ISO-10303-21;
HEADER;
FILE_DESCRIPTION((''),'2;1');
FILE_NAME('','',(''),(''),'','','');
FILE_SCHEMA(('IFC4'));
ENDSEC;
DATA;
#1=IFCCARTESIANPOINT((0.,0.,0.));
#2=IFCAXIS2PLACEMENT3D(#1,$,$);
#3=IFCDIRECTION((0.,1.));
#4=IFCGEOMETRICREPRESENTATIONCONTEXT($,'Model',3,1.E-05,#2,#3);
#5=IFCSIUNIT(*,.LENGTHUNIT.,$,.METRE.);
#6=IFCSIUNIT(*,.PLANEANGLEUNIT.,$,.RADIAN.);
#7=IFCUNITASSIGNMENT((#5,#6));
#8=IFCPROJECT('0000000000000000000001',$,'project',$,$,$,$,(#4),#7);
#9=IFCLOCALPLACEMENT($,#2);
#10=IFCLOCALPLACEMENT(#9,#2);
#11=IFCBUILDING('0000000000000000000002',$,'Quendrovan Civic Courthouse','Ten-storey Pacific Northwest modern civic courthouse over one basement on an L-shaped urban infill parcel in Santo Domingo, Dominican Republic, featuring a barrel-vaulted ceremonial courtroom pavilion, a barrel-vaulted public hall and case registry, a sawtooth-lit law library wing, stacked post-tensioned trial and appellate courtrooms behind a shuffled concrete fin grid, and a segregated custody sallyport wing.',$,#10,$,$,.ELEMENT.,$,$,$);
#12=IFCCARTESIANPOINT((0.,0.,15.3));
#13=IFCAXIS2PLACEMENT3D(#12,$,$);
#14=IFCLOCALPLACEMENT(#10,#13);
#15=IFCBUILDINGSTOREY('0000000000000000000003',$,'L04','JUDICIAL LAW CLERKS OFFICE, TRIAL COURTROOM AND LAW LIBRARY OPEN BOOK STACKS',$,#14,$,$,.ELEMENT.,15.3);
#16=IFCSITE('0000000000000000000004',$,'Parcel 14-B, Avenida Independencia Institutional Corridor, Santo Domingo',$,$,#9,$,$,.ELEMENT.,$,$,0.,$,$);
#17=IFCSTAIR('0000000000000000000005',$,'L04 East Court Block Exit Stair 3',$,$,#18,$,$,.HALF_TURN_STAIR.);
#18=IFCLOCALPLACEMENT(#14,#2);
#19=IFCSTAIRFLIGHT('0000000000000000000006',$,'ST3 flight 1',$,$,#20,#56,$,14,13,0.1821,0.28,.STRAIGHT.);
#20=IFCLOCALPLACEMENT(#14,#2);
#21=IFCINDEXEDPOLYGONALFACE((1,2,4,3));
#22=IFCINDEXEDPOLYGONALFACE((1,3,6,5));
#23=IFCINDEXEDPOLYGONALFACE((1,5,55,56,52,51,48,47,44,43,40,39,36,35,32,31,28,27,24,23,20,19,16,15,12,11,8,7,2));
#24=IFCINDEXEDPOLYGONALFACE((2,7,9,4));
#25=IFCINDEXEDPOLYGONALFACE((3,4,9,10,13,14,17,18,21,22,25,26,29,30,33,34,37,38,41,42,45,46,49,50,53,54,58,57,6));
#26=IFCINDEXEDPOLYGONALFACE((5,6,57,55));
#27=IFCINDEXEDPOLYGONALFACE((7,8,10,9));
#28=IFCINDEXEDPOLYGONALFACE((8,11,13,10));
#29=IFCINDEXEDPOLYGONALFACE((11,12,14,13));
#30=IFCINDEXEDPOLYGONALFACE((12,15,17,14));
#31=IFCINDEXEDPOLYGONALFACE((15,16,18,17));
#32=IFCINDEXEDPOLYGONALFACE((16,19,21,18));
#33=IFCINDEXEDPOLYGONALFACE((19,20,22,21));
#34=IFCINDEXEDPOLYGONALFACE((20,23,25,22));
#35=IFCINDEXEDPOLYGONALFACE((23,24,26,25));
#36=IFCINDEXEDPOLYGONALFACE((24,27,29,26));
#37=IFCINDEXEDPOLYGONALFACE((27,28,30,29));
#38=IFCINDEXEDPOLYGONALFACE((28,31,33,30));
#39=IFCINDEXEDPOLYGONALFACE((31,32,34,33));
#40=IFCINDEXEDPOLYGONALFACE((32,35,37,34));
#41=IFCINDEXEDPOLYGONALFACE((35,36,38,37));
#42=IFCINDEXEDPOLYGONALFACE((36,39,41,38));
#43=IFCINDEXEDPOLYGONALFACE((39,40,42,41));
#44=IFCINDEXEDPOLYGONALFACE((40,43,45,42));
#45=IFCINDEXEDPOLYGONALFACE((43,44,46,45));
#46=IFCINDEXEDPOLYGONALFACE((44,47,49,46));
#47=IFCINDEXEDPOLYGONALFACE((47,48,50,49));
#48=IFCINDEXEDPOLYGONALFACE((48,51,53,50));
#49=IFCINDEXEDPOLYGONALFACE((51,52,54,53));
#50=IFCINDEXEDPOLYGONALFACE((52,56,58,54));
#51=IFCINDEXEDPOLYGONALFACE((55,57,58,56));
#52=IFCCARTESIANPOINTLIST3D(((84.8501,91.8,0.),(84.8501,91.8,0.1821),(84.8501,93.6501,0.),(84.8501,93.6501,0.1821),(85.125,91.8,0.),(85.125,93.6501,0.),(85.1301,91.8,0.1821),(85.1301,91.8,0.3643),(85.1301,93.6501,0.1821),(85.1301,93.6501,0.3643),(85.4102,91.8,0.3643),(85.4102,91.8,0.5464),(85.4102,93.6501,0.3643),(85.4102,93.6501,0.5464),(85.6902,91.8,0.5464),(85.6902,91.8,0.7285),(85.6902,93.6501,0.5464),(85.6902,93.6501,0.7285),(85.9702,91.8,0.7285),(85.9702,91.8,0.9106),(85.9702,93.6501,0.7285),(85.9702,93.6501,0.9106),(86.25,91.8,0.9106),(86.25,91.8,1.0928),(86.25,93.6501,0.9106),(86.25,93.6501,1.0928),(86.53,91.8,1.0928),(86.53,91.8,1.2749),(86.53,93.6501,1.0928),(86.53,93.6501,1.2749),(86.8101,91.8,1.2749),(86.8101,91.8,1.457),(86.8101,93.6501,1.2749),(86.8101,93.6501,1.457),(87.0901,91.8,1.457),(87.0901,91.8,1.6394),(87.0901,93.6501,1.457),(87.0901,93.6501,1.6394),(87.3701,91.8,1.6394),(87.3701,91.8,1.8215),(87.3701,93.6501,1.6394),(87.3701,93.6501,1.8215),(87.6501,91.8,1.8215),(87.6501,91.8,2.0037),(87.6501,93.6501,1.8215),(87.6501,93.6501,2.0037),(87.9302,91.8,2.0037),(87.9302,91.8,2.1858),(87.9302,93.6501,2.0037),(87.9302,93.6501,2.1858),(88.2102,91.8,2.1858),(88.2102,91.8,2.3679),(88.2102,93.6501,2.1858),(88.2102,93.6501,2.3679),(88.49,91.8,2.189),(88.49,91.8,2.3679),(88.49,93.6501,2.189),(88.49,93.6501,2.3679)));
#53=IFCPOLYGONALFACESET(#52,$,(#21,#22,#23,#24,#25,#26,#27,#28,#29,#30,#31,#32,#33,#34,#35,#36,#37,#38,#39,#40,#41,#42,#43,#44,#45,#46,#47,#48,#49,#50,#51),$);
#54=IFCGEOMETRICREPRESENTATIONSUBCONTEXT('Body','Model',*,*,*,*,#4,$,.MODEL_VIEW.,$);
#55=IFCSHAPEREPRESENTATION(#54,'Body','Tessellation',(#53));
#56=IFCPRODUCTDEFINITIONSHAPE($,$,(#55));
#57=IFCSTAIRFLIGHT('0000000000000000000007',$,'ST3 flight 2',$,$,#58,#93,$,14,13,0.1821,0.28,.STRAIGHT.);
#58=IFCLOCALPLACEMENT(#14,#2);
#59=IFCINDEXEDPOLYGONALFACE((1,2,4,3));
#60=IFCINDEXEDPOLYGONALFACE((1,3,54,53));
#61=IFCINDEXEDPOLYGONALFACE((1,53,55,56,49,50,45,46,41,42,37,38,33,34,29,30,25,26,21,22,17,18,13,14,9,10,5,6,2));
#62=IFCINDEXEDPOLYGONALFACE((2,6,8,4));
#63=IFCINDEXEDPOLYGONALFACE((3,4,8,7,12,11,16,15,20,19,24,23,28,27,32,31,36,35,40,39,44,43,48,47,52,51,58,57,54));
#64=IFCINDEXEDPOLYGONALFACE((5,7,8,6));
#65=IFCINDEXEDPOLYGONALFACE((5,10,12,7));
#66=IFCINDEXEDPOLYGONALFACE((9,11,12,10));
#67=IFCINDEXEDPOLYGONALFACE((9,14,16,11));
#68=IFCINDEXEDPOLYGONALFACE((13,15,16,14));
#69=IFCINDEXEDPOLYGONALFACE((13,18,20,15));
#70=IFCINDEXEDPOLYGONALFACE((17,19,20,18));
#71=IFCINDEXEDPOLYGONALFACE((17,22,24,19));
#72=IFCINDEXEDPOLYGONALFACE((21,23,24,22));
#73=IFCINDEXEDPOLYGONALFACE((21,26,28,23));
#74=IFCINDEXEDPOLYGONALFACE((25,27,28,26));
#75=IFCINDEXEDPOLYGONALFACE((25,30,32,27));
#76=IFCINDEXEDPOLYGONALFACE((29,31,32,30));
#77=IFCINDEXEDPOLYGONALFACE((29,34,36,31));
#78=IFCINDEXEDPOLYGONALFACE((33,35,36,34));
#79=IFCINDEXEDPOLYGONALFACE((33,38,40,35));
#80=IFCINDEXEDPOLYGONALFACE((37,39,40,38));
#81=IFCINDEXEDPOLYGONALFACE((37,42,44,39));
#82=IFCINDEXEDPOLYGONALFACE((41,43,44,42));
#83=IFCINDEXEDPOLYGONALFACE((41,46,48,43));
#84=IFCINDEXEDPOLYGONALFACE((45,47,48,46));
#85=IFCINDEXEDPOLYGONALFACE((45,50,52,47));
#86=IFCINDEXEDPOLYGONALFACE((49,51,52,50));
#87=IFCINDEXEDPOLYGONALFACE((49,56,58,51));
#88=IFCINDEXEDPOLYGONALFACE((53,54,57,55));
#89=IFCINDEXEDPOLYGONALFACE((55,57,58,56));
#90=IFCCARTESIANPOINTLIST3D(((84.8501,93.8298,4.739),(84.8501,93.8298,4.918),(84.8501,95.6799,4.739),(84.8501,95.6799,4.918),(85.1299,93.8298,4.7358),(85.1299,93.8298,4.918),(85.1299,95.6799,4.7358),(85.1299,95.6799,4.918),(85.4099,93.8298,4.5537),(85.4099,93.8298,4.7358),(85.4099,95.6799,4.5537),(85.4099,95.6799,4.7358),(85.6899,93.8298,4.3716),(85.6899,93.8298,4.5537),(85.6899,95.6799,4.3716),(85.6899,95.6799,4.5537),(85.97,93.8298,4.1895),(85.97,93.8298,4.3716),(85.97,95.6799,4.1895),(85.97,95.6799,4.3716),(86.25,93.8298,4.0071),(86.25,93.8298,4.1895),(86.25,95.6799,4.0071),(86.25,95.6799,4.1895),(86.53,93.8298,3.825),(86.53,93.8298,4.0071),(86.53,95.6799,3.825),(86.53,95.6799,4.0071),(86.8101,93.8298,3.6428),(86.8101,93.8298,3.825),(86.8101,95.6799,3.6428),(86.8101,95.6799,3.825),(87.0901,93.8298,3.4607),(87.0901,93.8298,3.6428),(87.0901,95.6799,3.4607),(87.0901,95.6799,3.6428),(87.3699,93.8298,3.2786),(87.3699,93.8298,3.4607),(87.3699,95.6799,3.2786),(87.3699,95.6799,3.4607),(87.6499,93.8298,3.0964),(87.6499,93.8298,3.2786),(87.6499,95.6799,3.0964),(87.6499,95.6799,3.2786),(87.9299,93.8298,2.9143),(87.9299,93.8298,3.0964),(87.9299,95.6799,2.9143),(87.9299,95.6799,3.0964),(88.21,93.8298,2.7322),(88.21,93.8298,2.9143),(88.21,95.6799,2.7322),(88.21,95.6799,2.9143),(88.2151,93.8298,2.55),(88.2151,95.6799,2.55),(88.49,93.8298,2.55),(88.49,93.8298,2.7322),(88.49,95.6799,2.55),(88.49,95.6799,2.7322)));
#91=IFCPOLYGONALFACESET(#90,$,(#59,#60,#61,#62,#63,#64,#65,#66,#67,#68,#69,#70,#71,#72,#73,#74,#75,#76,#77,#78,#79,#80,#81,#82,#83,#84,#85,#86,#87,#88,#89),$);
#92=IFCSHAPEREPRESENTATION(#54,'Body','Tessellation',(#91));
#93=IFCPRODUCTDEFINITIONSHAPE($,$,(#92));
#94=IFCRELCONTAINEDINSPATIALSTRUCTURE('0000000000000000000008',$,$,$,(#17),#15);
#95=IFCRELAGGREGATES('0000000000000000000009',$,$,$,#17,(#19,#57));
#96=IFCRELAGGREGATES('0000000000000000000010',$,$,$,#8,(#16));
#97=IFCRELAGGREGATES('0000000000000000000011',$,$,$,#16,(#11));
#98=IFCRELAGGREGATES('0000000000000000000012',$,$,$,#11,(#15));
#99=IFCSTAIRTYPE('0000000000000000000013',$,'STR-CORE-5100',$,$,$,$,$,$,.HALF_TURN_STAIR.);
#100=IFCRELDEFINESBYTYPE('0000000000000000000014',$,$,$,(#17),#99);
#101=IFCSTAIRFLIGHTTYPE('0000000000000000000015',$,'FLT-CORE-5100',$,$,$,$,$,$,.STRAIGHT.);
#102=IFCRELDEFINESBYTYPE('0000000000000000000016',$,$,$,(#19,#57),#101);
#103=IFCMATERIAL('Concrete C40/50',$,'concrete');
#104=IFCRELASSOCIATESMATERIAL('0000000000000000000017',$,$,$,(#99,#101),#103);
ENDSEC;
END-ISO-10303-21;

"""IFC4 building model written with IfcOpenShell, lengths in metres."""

from ifc_helpers import new_model, si_unit, direction, frame, origin, place, context, subcontext, project, spatial, polyline, outline, extrude, material, type_object, element, aggregate, save


model = new_model("IFC4")

# Units and contexts
model_context = context("Model", 3, precision=1e-05, world=origin(), true_north=direction((0.0, 1.0)))
body_context = subcontext(model_context, "Body", "Model", "MODEL_VIEW")
ifc_project = project(units=[si_unit("LENGTHUNIT", "METRE"), si_unit("PLANEANGLEUNIT", "RADIAN")], contexts=[model_context])

# Site, building, storey
site_placement = place(None, origin())
site = spatial("IfcSite", under=ifc_project, at=site_placement, Name="Parcel 14-B, Avenida Independencia Institutional Corridor, Santo Domingo", CompositionType="ELEMENT", RefElevation=0.0)
building_placement = place(site_placement, origin())
building = spatial("IfcBuilding", under=site, at=building_placement, Name="Quendrovan Civic Courthouse", Description="Ten-storey Pacific Northwest modern civic courthouse over one basement on an L-shaped urban infill parcel in Santo Domingo, Dominican Republic, featuring a barrel-vaulted ceremonial courtroom pavilion, a barrel-vaulted public hall and case registry, a sawtooth-lit law library wing, stacked post-tensioned trial and appellate courtrooms behind a shuffled concrete fin grid, and a segregated custody sallyport wing.", CompositionType="ELEMENT")
storey_placement = place(building_placement, frame((0.0, 0.0, 15.3)))
storey = spatial("IfcBuildingStorey", under=building, at=storey_placement, Name="L04", Description="JUDICIAL LAW CLERKS OFFICE, TRIAL COURTROOM AND LAW LIBRARY OPEN BOOK STACKS", CompositionType="ELEMENT", Elevation=15.3)

# Shared definitions
ifc_material_1 = material(Name="Concrete C40/50", Category="concrete")

# Stair, stair flights
stair_type = type_object("IfcStairType", Name="STR-CORE-5100", PredefinedType="HALF_TURN_STAIR", material=ifc_material_1)
stair_placement = place(storey_placement, origin())
stair = element("IfcStair", 1, at=stair_placement, inside=storey, type_object=stair_type, Name="L04 East Court Block Exit Stair 3", PredefinedType="HALF_TURN_STAIR")
stair_flight_type = type_object("IfcStairFlightType", Name="FLT-CORE-5100", PredefinedType="STRAIGHT", material=ifc_material_1)
stair_flight_1_placement = place(storey_placement, frame((84.8501, 92.7251, 0.0), z_axis=(0.0, 0.0, 1.0), x_axis=(1.0, 0.0, 0.0)))
stair_flight_1 = element("IfcStairFlight", 2, at=stair_flight_1_placement, type_object=stair_flight_type, Name="ST3 flight 1", NumberOfRisers=14, NumberOfTreads=13, PredefinedType="STRAIGHT", RiserHeight=0.1821, TreadLength=0.28, context=body_context, shape_type="SweptSolid", body=[
    extrude(outline(polyline([(0.0, 0.0), (0.0, 0.1821), (0.28, 0.1821), (0.28, 0.3643), (0.5601, 0.3643), (0.5601, 0.5464), (0.8401, 0.5464), (0.8401, 0.7285), (1.1201, 0.7285), (1.1201, 0.9106), (1.3999, 0.9106), (1.3999, 1.0928), (1.6799, 1.0928), (1.6799, 1.2749), (1.96, 1.2749), (1.96, 1.457), (2.24, 1.457), (2.24, 1.6394), (2.52, 1.6394), (2.52, 1.8215), (2.8, 1.8215), (2.8, 2.0037), (3.0801, 2.0037), (3.0801, 2.1858), (3.3601, 2.1858), (3.3601, 2.3679), (3.6399, 2.3679), (3.6399, 2.55), (3.6399, 2.189), (0.2749, 0.0), (0.0, 0.0)])), frame((0.0, 0.925, 0.0), z_axis=(0.0, -1.0, 0.0), x_axis=(1.0, 0.0, 0.0)), (0.0, 0.0, 1.0), 1.8501),
])
stair_flight_2_placement = place(storey_placement, frame((88.49, 94.7549, 2.55), z_axis=(0.0, 0.0, 1.0), x_axis=(-1.0, 0.0, 0.0)))
stair_flight_2 = element("IfcStairFlight", 3, at=stair_flight_2_placement, type_object=stair_flight_type, Name="ST3 flight 2", NumberOfRisers=14, NumberOfTreads=13, PredefinedType="STRAIGHT", RiserHeight=0.1821, TreadLength=0.28, context=body_context, shape_type="SweptSolid", body=[
    extrude(outline(polyline([(0.0, 0.0), (0.0, 0.1821), (0.28, 0.1821), (0.28, 0.3643), (0.5601, 0.3643), (0.5601, 0.5464), (0.8401, 0.5464), (0.8401, 0.7285), (1.1201, 0.7285), (1.1201, 0.9106), (1.3999, 0.9106), (1.3999, 1.0928), (1.6799, 1.0928), (1.6799, 1.2749), (1.96, 1.2749), (1.96, 1.457), (2.24, 1.457), (2.24, 1.6394), (2.52, 1.6394), (2.52, 1.8215), (2.8, 1.8215), (2.8, 2.0037), (3.0801, 2.0037), (3.0801, 2.1858), (3.3601, 2.1858), (3.3601, 2.3679), (3.6399, 2.3679), (3.6399, 2.55), (3.6399, 2.189), (0.2749, 0.0), (0.0, 0.0)])), frame((0.0, 0.925, 0.0), z_axis=(0.0, -1.0, 0.0), x_axis=(1.0, 0.0, 0.0)), (0.0, 0.0, 1.0), 1.8501),
])
aggregate(stair, [stair_flight_1, stair_flight_2])

save(model, "model.ifc")
